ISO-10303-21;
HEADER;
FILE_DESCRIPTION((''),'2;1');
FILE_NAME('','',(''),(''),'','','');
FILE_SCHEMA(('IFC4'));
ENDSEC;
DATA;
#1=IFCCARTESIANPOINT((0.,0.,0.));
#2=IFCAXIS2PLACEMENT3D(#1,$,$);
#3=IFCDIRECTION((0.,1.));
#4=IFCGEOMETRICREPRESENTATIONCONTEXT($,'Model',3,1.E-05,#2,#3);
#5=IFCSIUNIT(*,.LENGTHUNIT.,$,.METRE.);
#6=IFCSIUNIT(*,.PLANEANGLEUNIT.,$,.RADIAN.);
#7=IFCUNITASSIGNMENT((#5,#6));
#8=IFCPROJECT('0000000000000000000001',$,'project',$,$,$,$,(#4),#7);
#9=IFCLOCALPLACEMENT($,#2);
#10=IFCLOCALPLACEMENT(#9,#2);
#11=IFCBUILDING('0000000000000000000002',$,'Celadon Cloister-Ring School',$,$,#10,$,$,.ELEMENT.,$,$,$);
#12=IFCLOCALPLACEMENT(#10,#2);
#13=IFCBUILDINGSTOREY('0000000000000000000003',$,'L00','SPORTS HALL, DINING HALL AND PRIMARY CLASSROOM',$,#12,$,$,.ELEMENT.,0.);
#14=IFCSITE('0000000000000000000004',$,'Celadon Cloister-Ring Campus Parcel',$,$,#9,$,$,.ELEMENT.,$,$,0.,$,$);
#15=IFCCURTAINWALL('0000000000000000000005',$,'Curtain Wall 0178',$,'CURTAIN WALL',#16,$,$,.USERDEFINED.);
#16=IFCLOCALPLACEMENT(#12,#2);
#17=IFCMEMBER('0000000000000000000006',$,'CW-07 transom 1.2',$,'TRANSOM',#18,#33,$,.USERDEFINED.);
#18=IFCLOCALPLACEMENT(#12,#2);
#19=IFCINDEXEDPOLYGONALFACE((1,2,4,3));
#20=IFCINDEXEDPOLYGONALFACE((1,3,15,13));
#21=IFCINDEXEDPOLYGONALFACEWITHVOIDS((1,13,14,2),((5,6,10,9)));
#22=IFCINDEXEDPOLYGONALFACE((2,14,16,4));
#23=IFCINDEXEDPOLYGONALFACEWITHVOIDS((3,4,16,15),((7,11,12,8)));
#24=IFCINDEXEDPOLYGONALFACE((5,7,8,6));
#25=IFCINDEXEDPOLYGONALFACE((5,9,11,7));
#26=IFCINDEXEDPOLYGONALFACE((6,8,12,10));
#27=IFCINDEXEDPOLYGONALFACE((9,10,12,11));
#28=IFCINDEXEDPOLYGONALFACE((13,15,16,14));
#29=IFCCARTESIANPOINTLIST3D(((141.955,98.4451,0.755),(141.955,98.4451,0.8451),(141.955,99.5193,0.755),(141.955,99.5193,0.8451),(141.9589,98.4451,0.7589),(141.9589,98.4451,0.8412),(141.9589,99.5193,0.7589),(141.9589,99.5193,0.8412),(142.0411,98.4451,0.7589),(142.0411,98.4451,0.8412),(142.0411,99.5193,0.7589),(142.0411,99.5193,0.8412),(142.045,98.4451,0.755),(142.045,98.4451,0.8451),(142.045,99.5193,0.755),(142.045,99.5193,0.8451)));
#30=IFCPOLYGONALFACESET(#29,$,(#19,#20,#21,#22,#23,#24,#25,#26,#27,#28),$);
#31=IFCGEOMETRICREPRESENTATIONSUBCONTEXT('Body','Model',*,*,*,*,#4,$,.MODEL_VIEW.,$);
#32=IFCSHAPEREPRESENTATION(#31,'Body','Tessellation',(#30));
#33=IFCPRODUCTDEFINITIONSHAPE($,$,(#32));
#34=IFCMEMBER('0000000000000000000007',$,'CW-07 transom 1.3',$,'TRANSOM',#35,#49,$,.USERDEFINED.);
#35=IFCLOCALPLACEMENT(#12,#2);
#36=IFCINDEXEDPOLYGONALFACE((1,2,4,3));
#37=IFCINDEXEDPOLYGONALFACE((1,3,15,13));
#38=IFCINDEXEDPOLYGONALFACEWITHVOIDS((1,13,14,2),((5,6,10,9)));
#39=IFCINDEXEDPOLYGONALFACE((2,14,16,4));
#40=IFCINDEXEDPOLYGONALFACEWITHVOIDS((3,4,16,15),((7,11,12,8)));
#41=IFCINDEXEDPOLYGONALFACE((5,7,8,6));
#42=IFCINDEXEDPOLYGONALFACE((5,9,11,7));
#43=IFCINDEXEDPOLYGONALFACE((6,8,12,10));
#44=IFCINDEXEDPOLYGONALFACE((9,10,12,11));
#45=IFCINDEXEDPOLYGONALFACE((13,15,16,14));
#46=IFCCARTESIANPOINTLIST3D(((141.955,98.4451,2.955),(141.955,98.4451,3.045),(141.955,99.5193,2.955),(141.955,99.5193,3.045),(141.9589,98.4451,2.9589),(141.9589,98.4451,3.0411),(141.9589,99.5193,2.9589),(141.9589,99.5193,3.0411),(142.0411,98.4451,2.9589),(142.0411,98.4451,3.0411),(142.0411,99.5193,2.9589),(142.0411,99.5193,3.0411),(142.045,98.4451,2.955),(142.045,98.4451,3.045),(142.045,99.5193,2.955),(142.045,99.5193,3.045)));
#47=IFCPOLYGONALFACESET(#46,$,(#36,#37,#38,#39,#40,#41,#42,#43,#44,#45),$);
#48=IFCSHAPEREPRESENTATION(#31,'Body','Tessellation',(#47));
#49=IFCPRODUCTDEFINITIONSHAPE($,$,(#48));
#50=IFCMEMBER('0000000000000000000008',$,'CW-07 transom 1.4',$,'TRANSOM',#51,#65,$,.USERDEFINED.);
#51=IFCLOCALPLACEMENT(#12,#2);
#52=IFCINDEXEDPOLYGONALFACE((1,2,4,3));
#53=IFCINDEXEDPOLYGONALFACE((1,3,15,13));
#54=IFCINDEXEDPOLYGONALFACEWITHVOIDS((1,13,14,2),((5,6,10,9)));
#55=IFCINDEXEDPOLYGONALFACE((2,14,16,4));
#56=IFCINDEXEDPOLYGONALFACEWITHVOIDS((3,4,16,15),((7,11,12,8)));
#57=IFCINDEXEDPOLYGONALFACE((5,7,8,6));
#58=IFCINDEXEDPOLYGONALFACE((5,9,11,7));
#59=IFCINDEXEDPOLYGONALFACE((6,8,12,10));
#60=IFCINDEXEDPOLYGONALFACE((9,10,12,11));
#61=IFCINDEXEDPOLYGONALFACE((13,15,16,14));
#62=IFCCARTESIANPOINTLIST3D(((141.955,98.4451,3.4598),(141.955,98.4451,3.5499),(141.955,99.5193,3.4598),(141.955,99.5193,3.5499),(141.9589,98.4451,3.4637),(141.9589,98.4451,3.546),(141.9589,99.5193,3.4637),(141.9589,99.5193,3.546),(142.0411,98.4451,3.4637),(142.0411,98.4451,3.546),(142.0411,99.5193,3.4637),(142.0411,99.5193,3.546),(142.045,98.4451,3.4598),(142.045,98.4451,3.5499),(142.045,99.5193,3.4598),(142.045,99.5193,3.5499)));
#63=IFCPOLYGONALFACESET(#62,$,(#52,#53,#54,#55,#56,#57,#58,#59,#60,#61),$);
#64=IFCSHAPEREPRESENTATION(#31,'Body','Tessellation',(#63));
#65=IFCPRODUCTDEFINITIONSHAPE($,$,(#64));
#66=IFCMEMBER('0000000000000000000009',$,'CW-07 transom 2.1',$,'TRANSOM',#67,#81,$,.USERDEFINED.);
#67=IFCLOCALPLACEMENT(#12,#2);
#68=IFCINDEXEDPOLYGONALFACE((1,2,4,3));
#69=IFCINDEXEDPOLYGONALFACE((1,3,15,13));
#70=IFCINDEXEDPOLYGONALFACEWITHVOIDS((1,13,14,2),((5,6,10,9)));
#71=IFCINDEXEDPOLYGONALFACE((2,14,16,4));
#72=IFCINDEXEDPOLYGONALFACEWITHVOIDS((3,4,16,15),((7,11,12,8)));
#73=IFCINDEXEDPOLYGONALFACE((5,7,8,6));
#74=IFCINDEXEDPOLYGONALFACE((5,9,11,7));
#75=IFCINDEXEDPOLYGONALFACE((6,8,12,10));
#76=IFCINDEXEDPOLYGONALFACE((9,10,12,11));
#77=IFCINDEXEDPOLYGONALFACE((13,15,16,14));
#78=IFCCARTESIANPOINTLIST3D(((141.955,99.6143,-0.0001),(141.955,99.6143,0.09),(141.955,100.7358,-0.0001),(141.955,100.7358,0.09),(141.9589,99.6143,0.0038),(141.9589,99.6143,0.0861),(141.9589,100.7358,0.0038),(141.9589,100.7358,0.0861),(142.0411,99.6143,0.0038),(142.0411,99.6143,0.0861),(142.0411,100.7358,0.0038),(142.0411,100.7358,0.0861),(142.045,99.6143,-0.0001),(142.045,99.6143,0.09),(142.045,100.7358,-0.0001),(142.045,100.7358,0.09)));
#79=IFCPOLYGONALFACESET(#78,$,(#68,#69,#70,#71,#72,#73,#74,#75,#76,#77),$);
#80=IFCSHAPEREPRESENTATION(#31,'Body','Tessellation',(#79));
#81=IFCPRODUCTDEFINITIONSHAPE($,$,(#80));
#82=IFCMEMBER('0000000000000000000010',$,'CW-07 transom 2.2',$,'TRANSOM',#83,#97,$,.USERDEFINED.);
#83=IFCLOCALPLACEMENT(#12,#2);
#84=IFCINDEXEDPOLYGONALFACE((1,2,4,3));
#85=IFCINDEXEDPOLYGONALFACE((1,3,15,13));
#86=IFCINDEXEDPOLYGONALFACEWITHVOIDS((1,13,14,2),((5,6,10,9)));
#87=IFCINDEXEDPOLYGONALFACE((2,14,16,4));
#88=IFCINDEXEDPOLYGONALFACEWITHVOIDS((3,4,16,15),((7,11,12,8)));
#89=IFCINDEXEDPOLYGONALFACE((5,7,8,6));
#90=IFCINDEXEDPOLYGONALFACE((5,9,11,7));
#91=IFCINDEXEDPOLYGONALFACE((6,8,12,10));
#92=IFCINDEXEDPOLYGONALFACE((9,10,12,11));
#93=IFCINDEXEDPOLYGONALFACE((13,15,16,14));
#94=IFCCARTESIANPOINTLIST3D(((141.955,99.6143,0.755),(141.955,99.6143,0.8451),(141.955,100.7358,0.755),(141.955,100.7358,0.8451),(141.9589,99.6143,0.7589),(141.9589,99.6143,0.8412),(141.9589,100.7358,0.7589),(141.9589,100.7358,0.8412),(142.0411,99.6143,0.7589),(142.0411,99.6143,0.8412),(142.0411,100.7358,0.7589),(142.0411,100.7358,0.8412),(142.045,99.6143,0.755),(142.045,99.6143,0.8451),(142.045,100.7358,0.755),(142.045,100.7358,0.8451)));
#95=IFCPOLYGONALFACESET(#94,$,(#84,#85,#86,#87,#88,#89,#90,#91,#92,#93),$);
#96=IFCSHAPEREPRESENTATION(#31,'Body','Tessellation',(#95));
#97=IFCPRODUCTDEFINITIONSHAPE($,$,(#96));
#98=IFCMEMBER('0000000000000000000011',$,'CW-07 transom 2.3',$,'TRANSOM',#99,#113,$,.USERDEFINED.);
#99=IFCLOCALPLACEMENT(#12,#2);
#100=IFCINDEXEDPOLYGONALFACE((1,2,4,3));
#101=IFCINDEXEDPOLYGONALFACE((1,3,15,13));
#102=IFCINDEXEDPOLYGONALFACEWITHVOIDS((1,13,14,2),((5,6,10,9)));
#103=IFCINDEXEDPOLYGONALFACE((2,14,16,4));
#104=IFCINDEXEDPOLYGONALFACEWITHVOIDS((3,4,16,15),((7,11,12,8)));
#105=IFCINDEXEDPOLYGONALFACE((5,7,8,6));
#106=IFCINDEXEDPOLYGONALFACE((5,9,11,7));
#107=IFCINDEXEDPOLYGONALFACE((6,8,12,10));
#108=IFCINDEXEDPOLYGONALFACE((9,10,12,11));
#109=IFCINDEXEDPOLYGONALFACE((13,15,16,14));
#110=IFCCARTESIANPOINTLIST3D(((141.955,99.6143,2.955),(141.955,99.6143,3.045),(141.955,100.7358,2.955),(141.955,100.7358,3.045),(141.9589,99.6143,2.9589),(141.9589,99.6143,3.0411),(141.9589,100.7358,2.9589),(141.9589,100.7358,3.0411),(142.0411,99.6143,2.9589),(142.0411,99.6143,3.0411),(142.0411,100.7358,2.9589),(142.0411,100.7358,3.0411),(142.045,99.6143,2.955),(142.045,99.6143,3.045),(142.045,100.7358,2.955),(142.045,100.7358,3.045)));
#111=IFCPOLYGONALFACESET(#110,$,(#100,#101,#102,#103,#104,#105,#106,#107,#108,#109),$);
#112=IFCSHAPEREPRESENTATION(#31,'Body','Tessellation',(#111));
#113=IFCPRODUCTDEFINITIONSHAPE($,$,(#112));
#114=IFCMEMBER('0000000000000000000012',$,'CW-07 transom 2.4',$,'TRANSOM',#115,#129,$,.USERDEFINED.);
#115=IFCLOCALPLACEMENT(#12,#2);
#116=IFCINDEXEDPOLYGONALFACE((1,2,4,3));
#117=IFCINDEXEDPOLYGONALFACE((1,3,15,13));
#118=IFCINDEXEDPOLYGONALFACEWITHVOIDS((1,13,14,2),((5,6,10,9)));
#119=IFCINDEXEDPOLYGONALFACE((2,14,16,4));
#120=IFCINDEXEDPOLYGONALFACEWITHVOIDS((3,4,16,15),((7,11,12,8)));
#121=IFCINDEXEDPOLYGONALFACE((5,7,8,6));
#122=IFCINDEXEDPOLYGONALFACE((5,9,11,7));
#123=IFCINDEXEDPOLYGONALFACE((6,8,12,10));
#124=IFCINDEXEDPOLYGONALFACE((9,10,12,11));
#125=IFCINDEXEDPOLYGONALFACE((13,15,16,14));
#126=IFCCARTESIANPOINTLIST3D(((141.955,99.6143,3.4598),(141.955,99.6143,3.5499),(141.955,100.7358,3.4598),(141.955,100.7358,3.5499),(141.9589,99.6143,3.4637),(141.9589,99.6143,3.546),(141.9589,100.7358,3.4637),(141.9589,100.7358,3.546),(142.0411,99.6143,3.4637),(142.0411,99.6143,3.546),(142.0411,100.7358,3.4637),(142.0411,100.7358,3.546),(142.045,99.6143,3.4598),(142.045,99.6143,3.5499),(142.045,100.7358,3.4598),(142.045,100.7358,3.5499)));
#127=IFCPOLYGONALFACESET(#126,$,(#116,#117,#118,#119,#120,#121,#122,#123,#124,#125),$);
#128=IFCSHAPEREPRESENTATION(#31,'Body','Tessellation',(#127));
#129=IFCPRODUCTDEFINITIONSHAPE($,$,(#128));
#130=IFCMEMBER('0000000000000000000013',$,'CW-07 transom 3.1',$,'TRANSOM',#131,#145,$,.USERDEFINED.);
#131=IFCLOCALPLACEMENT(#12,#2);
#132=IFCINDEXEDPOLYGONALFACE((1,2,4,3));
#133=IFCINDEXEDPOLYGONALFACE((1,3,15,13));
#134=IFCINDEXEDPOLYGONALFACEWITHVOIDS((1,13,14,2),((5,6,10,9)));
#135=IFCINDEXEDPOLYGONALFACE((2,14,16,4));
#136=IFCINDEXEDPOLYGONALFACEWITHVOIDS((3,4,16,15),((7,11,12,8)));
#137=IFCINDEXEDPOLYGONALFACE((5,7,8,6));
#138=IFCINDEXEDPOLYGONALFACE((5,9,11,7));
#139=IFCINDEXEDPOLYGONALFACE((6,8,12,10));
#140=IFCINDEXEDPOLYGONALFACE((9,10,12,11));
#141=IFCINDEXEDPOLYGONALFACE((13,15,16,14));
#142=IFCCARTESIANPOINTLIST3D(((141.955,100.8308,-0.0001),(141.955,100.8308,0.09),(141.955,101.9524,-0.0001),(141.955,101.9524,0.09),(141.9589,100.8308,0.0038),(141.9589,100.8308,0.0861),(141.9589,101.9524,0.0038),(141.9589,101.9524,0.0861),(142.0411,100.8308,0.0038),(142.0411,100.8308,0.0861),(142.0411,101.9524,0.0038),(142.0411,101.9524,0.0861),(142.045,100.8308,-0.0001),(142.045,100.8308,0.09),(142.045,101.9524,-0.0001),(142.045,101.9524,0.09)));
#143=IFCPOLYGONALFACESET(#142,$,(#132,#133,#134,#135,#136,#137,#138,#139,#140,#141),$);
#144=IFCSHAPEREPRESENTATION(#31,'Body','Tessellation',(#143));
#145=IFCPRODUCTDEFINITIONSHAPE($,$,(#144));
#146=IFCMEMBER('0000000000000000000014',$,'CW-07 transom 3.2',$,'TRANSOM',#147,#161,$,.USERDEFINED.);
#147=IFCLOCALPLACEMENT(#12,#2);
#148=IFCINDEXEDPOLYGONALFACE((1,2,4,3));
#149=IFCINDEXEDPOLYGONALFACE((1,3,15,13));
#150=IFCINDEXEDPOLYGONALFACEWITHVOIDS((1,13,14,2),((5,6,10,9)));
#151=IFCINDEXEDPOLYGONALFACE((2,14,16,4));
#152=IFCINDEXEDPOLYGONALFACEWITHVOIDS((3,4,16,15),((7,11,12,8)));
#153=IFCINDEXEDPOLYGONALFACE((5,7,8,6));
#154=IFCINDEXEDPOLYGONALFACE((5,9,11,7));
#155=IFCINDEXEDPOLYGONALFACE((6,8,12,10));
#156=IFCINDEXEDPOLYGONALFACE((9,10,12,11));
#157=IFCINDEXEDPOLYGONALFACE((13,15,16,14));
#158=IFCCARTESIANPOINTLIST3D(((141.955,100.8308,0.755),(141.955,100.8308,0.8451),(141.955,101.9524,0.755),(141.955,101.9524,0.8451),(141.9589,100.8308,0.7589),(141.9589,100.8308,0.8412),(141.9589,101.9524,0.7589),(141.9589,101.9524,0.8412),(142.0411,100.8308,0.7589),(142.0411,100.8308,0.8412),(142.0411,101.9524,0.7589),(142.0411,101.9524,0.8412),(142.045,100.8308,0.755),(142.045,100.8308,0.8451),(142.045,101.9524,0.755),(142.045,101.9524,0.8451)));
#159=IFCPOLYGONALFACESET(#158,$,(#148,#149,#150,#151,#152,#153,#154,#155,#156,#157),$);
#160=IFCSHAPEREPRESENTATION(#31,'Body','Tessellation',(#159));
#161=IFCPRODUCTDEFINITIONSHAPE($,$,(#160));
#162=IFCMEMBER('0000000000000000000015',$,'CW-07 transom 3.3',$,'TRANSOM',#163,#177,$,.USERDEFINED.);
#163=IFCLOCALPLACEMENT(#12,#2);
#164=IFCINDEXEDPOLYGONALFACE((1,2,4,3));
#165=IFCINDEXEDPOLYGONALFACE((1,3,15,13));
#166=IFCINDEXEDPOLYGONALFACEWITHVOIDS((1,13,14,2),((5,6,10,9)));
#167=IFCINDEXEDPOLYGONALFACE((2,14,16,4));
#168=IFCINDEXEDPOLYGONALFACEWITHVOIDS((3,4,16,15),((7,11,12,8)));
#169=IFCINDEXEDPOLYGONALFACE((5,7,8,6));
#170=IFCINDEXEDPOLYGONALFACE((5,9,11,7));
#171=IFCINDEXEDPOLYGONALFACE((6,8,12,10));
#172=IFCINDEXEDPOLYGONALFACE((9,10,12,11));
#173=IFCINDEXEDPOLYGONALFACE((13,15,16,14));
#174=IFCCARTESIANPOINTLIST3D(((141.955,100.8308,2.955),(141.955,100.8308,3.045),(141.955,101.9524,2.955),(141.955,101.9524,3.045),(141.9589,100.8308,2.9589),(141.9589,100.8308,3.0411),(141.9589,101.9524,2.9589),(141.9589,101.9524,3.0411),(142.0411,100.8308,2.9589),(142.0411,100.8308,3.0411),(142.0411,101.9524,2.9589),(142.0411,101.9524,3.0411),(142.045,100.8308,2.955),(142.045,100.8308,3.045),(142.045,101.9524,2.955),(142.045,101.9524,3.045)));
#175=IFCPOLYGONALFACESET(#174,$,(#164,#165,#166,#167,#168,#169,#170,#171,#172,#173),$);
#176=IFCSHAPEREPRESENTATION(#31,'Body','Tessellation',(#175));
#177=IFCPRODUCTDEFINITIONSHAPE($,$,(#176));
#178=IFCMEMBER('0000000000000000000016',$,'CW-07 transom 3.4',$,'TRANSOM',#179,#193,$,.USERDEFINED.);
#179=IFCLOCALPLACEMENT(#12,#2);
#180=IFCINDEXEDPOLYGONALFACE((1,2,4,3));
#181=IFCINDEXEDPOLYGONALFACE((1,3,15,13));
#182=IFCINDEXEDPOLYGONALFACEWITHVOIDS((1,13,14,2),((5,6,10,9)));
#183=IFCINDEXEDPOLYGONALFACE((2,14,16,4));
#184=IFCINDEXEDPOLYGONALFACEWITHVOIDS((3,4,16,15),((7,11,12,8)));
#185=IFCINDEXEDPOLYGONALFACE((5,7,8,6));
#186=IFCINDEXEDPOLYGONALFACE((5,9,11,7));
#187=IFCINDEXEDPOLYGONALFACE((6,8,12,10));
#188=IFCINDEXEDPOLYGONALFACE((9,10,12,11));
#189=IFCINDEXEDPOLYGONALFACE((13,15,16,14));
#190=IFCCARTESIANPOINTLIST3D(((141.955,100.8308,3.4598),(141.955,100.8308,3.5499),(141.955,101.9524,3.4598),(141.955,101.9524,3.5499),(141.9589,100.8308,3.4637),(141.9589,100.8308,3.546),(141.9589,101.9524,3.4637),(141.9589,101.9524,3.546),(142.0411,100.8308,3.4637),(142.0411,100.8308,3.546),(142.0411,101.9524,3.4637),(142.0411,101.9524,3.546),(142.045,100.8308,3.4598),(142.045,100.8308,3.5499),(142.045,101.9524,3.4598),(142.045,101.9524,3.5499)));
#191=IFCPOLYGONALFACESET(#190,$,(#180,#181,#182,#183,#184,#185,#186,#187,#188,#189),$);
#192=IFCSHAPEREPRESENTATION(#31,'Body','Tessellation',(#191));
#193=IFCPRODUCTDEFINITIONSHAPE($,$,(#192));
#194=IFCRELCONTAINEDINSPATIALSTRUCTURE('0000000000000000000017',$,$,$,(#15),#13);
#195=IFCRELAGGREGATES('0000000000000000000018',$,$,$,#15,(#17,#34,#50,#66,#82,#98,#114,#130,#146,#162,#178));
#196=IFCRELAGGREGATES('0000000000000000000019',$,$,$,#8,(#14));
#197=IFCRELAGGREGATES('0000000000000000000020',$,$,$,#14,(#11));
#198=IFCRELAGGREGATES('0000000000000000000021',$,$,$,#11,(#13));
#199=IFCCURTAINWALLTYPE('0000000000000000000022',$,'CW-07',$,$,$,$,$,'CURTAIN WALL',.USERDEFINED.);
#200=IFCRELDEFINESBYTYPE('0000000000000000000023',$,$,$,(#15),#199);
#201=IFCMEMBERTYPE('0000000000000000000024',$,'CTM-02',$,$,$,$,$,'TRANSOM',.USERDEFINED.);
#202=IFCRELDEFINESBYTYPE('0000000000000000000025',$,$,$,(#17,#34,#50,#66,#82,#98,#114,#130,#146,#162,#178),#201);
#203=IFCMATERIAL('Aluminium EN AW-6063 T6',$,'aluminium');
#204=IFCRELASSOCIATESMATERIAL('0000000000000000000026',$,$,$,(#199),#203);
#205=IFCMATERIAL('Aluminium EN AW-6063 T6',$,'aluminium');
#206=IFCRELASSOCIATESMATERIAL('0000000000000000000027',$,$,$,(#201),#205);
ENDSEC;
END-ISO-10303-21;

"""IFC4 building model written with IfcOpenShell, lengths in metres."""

from ifc_helpers import new_model, si_unit, direction, frame, origin, origin_2d, place, context, subcontext, project, spatial, hollow_rectangle, extrude, material, material_profile, profile_set, type_object, element, aggregate, save


model = new_model("IFC4")

# Units and contexts
model_context = context("Model", 3, precision=1e-05, world=origin(), true_north=direction((0.0, 1.0)))
body_context = subcontext(model_context, "Body", "Model", "MODEL_VIEW")
ifc_project = project(units=[si_unit("LENGTHUNIT", "METRE"), si_unit("PLANEANGLEUNIT", "RADIAN")], contexts=[model_context])

# Site, building, storey
site_placement = place(None, origin())
site = spatial("IfcSite", under=ifc_project, at=site_placement, Name="Celadon Cloister-Ring Campus Parcel", CompositionType="ELEMENT", RefElevation=0.0)
building_placement = place(site_placement, origin())
building = spatial("IfcBuilding", under=site, at=building_placement, Name="Celadon Cloister-Ring School", CompositionType="ELEMENT")
storey_placement = place(building_placement, origin())
storey = spatial("IfcBuildingStorey", under=building, at=storey_placement, Name="L00", Description="SPORTS HALL, DINING HALL AND PRIMARY CLASSROOM", CompositionType="ELEMENT", Elevation=0.0)

# Shared definitions
ifc_material_1 = material(Name="Aluminium EN AW-6063 T6", Category="aluminium")
curtain_wall_type = type_object("IfcCurtainWallType", Name="CW-07", ElementType="CURTAIN WALL", PredefinedType="USERDEFINED", material=ifc_material_1)

# Curtain wall, members
curtain_wall_1_placement = place(storey_placement, origin())
curtain_wall_1 = element("IfcCurtainWall", 1, at=curtain_wall_1_placement, inside=storey, type_object=curtain_wall_type, Name="Curtain Wall 0178", ObjectType="CURTAIN WALL", PredefinedType="USERDEFINED")
ifc_material_2 = material(Name="Aluminium EN AW-6063 T6", Category="aluminium")
ifc_material_profile_1 = material_profile(ifc_material_2, hollow_rectangle(XDim=0.0901, YDim=0.0901, WallThickness=0.0039, at=origin_2d()), Name="RHS90X90X4")
ifc_profile_set_1 = profile_set([ifc_material_profile_1], Name="Aluminium EN AW-6063 T6")
member_type_1 = type_object("IfcMemberType", Name="CTM-02", ElementType="TRANSOM", PredefinedType="USERDEFINED", material=ifc_profile_set_1)
member_1_placement = place(storey_placement, frame((142.0, 98.4451, 0.8), z_axis=(0.0, 1.0, 0.0), x_axis=(-1.0, 0.0, 0.0)))
member_1 = element("IfcMember", 2, at=member_1_placement, type_object=member_type_1, Name="CW-07 transom 1.2", ObjectType="TRANSOM", PredefinedType="USERDEFINED", context=body_context, shape_type="SweptSolid", body=[
    extrude(hollow_rectangle(XDim=0.0901, YDim=0.0901, WallThickness=0.0039, at=origin_2d()), origin(), (0.0, 0.0, 1.0), 1.0742),
])
member_2_placement = place(storey_placement, frame((142.0, 98.4451, 3.0), z_axis=(0.0, 1.0, 0.0), x_axis=(-1.0, 0.0, 0.0)))
member_2 = element("IfcMember", 3, at=member_2_placement, type_object=member_type_1, Name="CW-07 transom 1.3", ObjectType="TRANSOM", PredefinedType="USERDEFINED", context=body_context, shape_type="SweptSolid", body=[
    extrude(hollow_rectangle(XDim=0.0901, YDim=0.0901, WallThickness=0.0039, at=origin_2d()), origin(), (0.0, 0.0, 1.0), 1.0742),
])
member_3_placement = place(storey_placement, frame((142.0, 98.4451, 3.5049), z_axis=(0.0, 1.0, 0.0), x_axis=(-1.0, 0.0, 0.0)))
member_3 = element("IfcMember", 4, at=member_3_placement, type_object=member_type_1, Name="CW-07 transom 1.4", ObjectType="TRANSOM", PredefinedType="USERDEFINED", context=body_context, shape_type="SweptSolid", body=[
    extrude(hollow_rectangle(XDim=0.0901, YDim=0.0901, WallThickness=0.0039, at=origin_2d()), origin(), (0.0, 0.0, 1.0), 1.0742),
])
member_4_placement = place(storey_placement, frame((142.0, 99.6143, 0.0449), z_axis=(0.0, 1.0, 0.0), x_axis=(-1.0, 0.0, 0.0)))
member_4 = element("IfcMember", 5, at=member_4_placement, type_object=member_type_1, Name="CW-07 transom 2.1", ObjectType="TRANSOM", PredefinedType="USERDEFINED", context=body_context, shape_type="SweptSolid", body=[
    extrude(hollow_rectangle(XDim=0.0901, YDim=0.0901, WallThickness=0.0039, at=origin_2d()), origin(), (0.0, 0.0, 1.0), 1.1216),
])
member_5_placement = place(storey_placement, frame((142.0, 99.6143, 0.8), z_axis=(0.0, 1.0, 0.0), x_axis=(-1.0, 0.0, 0.0)))
member_5 = element("IfcMember", 6, at=member_5_placement, type_object=member_type_1, Name="CW-07 transom 2.2", ObjectType="TRANSOM", PredefinedType="USERDEFINED", context=body_context, shape_type="SweptSolid", body=[
    extrude(hollow_rectangle(XDim=0.0901, YDim=0.0901, WallThickness=0.0039, at=origin_2d()), origin(), (0.0, 0.0, 1.0), 1.1216),
])
member_6_placement = place(storey_placement, frame((142.0, 99.6143, 3.0), z_axis=(0.0, 1.0, 0.0), x_axis=(-1.0, 0.0, 0.0)))
member_6 = element("IfcMember", 7, at=member_6_placement, type_object=member_type_1, Name="CW-07 transom 2.3", ObjectType="TRANSOM", PredefinedType="USERDEFINED", context=body_context, shape_type="SweptSolid", body=[
    extrude(hollow_rectangle(XDim=0.0901, YDim=0.0901, WallThickness=0.0039, at=origin_2d()), origin(), (0.0, 0.0, 1.0), 1.1216),
])
member_7_placement = place(storey_placement, frame((142.0, 99.6143, 3.5049), z_axis=(0.0, 1.0, 0.0), x_axis=(-1.0, 0.0, 0.0)))
member_7 = element("IfcMember", 8, at=member_7_placement, type_object=member_type_1, Name="CW-07 transom 2.4", ObjectType="TRANSOM", PredefinedType="USERDEFINED", context=body_context, shape_type="SweptSolid", body=[
    extrude(hollow_rectangle(XDim=0.0901, YDim=0.0901, WallThickness=0.0039, at=origin_2d()), origin(), (0.0, 0.0, 1.0), 1.1216),
])
member_8_placement = place(storey_placement, frame((142.0, 100.8308, 0.0449), z_axis=(0.0, 1.0, 0.0), x_axis=(-1.0, 0.0, 0.0)))
member_8 = element("IfcMember", 9, at=member_8_placement, type_object=member_type_1, Name="CW-07 transom 3.1", ObjectType="TRANSOM", PredefinedType="USERDEFINED", context=body_context, shape_type="SweptSolid", body=[
    extrude(hollow_rectangle(XDim=0.0901, YDim=0.0901, WallThickness=0.0039, at=origin_2d()), origin(), (0.0, 0.0, 1.0), 1.1216),
])
member_9_placement = place(storey_placement, frame((142.0, 100.8308, 0.8), z_axis=(0.0, 1.0, 0.0), x_axis=(-1.0, 0.0, 0.0)))
member_9 = element("IfcMember", 10, at=member_9_placement, type_object=member_type_1, Name="CW-07 transom 3.2", ObjectType="TRANSOM", PredefinedType="USERDEFINED", context=body_context, shape_type="SweptSolid", body=[
    extrude(hollow_rectangle(XDim=0.0901, YDim=0.0901, WallThickness=0.0039, at=origin_2d()), origin(), (0.0, 0.0, 1.0), 1.1216),
])
member_10_placement = place(storey_placement, frame((142.0, 100.8308, 3.0), z_axis=(0.0, 1.0, 0.0), x_axis=(-1.0, 0.0, 0.0)))
member_10 = element("IfcMember", 11, at=member_10_placement, type_object=member_type_1, Name="CW-07 transom 3.3", ObjectType="TRANSOM", PredefinedType="USERDEFINED", context=body_context, shape_type="SweptSolid", body=[
    extrude(hollow_rectangle(XDim=0.0901, YDim=0.0901, WallThickness=0.0039, at=origin_2d()), origin(), (0.0, 0.0, 1.0), 1.1216),
])
member_11_placement = place(storey_placement, frame((142.0, 100.8308, 3.5049), z_axis=(0.0, 1.0, 0.0), x_axis=(-1.0, 0.0, 0.0)))
member_11 = element("IfcMember", 12, at=member_11_placement, type_object=member_type_1, Name="CW-07 transom 3.4", ObjectType="TRANSOM", PredefinedType="USERDEFINED", context=body_context, shape_type="SweptSolid", body=[
    extrude(hollow_rectangle(XDim=0.0901, YDim=0.0901, WallThickness=0.0039, at=origin_2d()), origin(), (0.0, 0.0, 1.0), 1.1216),
])

aggregate(curtain_wall_1, [member_1, member_2, member_3, member_4, member_5, member_6, member_7, member_8, member_9, member_10, member_11])

save(model, "model.ifc")
